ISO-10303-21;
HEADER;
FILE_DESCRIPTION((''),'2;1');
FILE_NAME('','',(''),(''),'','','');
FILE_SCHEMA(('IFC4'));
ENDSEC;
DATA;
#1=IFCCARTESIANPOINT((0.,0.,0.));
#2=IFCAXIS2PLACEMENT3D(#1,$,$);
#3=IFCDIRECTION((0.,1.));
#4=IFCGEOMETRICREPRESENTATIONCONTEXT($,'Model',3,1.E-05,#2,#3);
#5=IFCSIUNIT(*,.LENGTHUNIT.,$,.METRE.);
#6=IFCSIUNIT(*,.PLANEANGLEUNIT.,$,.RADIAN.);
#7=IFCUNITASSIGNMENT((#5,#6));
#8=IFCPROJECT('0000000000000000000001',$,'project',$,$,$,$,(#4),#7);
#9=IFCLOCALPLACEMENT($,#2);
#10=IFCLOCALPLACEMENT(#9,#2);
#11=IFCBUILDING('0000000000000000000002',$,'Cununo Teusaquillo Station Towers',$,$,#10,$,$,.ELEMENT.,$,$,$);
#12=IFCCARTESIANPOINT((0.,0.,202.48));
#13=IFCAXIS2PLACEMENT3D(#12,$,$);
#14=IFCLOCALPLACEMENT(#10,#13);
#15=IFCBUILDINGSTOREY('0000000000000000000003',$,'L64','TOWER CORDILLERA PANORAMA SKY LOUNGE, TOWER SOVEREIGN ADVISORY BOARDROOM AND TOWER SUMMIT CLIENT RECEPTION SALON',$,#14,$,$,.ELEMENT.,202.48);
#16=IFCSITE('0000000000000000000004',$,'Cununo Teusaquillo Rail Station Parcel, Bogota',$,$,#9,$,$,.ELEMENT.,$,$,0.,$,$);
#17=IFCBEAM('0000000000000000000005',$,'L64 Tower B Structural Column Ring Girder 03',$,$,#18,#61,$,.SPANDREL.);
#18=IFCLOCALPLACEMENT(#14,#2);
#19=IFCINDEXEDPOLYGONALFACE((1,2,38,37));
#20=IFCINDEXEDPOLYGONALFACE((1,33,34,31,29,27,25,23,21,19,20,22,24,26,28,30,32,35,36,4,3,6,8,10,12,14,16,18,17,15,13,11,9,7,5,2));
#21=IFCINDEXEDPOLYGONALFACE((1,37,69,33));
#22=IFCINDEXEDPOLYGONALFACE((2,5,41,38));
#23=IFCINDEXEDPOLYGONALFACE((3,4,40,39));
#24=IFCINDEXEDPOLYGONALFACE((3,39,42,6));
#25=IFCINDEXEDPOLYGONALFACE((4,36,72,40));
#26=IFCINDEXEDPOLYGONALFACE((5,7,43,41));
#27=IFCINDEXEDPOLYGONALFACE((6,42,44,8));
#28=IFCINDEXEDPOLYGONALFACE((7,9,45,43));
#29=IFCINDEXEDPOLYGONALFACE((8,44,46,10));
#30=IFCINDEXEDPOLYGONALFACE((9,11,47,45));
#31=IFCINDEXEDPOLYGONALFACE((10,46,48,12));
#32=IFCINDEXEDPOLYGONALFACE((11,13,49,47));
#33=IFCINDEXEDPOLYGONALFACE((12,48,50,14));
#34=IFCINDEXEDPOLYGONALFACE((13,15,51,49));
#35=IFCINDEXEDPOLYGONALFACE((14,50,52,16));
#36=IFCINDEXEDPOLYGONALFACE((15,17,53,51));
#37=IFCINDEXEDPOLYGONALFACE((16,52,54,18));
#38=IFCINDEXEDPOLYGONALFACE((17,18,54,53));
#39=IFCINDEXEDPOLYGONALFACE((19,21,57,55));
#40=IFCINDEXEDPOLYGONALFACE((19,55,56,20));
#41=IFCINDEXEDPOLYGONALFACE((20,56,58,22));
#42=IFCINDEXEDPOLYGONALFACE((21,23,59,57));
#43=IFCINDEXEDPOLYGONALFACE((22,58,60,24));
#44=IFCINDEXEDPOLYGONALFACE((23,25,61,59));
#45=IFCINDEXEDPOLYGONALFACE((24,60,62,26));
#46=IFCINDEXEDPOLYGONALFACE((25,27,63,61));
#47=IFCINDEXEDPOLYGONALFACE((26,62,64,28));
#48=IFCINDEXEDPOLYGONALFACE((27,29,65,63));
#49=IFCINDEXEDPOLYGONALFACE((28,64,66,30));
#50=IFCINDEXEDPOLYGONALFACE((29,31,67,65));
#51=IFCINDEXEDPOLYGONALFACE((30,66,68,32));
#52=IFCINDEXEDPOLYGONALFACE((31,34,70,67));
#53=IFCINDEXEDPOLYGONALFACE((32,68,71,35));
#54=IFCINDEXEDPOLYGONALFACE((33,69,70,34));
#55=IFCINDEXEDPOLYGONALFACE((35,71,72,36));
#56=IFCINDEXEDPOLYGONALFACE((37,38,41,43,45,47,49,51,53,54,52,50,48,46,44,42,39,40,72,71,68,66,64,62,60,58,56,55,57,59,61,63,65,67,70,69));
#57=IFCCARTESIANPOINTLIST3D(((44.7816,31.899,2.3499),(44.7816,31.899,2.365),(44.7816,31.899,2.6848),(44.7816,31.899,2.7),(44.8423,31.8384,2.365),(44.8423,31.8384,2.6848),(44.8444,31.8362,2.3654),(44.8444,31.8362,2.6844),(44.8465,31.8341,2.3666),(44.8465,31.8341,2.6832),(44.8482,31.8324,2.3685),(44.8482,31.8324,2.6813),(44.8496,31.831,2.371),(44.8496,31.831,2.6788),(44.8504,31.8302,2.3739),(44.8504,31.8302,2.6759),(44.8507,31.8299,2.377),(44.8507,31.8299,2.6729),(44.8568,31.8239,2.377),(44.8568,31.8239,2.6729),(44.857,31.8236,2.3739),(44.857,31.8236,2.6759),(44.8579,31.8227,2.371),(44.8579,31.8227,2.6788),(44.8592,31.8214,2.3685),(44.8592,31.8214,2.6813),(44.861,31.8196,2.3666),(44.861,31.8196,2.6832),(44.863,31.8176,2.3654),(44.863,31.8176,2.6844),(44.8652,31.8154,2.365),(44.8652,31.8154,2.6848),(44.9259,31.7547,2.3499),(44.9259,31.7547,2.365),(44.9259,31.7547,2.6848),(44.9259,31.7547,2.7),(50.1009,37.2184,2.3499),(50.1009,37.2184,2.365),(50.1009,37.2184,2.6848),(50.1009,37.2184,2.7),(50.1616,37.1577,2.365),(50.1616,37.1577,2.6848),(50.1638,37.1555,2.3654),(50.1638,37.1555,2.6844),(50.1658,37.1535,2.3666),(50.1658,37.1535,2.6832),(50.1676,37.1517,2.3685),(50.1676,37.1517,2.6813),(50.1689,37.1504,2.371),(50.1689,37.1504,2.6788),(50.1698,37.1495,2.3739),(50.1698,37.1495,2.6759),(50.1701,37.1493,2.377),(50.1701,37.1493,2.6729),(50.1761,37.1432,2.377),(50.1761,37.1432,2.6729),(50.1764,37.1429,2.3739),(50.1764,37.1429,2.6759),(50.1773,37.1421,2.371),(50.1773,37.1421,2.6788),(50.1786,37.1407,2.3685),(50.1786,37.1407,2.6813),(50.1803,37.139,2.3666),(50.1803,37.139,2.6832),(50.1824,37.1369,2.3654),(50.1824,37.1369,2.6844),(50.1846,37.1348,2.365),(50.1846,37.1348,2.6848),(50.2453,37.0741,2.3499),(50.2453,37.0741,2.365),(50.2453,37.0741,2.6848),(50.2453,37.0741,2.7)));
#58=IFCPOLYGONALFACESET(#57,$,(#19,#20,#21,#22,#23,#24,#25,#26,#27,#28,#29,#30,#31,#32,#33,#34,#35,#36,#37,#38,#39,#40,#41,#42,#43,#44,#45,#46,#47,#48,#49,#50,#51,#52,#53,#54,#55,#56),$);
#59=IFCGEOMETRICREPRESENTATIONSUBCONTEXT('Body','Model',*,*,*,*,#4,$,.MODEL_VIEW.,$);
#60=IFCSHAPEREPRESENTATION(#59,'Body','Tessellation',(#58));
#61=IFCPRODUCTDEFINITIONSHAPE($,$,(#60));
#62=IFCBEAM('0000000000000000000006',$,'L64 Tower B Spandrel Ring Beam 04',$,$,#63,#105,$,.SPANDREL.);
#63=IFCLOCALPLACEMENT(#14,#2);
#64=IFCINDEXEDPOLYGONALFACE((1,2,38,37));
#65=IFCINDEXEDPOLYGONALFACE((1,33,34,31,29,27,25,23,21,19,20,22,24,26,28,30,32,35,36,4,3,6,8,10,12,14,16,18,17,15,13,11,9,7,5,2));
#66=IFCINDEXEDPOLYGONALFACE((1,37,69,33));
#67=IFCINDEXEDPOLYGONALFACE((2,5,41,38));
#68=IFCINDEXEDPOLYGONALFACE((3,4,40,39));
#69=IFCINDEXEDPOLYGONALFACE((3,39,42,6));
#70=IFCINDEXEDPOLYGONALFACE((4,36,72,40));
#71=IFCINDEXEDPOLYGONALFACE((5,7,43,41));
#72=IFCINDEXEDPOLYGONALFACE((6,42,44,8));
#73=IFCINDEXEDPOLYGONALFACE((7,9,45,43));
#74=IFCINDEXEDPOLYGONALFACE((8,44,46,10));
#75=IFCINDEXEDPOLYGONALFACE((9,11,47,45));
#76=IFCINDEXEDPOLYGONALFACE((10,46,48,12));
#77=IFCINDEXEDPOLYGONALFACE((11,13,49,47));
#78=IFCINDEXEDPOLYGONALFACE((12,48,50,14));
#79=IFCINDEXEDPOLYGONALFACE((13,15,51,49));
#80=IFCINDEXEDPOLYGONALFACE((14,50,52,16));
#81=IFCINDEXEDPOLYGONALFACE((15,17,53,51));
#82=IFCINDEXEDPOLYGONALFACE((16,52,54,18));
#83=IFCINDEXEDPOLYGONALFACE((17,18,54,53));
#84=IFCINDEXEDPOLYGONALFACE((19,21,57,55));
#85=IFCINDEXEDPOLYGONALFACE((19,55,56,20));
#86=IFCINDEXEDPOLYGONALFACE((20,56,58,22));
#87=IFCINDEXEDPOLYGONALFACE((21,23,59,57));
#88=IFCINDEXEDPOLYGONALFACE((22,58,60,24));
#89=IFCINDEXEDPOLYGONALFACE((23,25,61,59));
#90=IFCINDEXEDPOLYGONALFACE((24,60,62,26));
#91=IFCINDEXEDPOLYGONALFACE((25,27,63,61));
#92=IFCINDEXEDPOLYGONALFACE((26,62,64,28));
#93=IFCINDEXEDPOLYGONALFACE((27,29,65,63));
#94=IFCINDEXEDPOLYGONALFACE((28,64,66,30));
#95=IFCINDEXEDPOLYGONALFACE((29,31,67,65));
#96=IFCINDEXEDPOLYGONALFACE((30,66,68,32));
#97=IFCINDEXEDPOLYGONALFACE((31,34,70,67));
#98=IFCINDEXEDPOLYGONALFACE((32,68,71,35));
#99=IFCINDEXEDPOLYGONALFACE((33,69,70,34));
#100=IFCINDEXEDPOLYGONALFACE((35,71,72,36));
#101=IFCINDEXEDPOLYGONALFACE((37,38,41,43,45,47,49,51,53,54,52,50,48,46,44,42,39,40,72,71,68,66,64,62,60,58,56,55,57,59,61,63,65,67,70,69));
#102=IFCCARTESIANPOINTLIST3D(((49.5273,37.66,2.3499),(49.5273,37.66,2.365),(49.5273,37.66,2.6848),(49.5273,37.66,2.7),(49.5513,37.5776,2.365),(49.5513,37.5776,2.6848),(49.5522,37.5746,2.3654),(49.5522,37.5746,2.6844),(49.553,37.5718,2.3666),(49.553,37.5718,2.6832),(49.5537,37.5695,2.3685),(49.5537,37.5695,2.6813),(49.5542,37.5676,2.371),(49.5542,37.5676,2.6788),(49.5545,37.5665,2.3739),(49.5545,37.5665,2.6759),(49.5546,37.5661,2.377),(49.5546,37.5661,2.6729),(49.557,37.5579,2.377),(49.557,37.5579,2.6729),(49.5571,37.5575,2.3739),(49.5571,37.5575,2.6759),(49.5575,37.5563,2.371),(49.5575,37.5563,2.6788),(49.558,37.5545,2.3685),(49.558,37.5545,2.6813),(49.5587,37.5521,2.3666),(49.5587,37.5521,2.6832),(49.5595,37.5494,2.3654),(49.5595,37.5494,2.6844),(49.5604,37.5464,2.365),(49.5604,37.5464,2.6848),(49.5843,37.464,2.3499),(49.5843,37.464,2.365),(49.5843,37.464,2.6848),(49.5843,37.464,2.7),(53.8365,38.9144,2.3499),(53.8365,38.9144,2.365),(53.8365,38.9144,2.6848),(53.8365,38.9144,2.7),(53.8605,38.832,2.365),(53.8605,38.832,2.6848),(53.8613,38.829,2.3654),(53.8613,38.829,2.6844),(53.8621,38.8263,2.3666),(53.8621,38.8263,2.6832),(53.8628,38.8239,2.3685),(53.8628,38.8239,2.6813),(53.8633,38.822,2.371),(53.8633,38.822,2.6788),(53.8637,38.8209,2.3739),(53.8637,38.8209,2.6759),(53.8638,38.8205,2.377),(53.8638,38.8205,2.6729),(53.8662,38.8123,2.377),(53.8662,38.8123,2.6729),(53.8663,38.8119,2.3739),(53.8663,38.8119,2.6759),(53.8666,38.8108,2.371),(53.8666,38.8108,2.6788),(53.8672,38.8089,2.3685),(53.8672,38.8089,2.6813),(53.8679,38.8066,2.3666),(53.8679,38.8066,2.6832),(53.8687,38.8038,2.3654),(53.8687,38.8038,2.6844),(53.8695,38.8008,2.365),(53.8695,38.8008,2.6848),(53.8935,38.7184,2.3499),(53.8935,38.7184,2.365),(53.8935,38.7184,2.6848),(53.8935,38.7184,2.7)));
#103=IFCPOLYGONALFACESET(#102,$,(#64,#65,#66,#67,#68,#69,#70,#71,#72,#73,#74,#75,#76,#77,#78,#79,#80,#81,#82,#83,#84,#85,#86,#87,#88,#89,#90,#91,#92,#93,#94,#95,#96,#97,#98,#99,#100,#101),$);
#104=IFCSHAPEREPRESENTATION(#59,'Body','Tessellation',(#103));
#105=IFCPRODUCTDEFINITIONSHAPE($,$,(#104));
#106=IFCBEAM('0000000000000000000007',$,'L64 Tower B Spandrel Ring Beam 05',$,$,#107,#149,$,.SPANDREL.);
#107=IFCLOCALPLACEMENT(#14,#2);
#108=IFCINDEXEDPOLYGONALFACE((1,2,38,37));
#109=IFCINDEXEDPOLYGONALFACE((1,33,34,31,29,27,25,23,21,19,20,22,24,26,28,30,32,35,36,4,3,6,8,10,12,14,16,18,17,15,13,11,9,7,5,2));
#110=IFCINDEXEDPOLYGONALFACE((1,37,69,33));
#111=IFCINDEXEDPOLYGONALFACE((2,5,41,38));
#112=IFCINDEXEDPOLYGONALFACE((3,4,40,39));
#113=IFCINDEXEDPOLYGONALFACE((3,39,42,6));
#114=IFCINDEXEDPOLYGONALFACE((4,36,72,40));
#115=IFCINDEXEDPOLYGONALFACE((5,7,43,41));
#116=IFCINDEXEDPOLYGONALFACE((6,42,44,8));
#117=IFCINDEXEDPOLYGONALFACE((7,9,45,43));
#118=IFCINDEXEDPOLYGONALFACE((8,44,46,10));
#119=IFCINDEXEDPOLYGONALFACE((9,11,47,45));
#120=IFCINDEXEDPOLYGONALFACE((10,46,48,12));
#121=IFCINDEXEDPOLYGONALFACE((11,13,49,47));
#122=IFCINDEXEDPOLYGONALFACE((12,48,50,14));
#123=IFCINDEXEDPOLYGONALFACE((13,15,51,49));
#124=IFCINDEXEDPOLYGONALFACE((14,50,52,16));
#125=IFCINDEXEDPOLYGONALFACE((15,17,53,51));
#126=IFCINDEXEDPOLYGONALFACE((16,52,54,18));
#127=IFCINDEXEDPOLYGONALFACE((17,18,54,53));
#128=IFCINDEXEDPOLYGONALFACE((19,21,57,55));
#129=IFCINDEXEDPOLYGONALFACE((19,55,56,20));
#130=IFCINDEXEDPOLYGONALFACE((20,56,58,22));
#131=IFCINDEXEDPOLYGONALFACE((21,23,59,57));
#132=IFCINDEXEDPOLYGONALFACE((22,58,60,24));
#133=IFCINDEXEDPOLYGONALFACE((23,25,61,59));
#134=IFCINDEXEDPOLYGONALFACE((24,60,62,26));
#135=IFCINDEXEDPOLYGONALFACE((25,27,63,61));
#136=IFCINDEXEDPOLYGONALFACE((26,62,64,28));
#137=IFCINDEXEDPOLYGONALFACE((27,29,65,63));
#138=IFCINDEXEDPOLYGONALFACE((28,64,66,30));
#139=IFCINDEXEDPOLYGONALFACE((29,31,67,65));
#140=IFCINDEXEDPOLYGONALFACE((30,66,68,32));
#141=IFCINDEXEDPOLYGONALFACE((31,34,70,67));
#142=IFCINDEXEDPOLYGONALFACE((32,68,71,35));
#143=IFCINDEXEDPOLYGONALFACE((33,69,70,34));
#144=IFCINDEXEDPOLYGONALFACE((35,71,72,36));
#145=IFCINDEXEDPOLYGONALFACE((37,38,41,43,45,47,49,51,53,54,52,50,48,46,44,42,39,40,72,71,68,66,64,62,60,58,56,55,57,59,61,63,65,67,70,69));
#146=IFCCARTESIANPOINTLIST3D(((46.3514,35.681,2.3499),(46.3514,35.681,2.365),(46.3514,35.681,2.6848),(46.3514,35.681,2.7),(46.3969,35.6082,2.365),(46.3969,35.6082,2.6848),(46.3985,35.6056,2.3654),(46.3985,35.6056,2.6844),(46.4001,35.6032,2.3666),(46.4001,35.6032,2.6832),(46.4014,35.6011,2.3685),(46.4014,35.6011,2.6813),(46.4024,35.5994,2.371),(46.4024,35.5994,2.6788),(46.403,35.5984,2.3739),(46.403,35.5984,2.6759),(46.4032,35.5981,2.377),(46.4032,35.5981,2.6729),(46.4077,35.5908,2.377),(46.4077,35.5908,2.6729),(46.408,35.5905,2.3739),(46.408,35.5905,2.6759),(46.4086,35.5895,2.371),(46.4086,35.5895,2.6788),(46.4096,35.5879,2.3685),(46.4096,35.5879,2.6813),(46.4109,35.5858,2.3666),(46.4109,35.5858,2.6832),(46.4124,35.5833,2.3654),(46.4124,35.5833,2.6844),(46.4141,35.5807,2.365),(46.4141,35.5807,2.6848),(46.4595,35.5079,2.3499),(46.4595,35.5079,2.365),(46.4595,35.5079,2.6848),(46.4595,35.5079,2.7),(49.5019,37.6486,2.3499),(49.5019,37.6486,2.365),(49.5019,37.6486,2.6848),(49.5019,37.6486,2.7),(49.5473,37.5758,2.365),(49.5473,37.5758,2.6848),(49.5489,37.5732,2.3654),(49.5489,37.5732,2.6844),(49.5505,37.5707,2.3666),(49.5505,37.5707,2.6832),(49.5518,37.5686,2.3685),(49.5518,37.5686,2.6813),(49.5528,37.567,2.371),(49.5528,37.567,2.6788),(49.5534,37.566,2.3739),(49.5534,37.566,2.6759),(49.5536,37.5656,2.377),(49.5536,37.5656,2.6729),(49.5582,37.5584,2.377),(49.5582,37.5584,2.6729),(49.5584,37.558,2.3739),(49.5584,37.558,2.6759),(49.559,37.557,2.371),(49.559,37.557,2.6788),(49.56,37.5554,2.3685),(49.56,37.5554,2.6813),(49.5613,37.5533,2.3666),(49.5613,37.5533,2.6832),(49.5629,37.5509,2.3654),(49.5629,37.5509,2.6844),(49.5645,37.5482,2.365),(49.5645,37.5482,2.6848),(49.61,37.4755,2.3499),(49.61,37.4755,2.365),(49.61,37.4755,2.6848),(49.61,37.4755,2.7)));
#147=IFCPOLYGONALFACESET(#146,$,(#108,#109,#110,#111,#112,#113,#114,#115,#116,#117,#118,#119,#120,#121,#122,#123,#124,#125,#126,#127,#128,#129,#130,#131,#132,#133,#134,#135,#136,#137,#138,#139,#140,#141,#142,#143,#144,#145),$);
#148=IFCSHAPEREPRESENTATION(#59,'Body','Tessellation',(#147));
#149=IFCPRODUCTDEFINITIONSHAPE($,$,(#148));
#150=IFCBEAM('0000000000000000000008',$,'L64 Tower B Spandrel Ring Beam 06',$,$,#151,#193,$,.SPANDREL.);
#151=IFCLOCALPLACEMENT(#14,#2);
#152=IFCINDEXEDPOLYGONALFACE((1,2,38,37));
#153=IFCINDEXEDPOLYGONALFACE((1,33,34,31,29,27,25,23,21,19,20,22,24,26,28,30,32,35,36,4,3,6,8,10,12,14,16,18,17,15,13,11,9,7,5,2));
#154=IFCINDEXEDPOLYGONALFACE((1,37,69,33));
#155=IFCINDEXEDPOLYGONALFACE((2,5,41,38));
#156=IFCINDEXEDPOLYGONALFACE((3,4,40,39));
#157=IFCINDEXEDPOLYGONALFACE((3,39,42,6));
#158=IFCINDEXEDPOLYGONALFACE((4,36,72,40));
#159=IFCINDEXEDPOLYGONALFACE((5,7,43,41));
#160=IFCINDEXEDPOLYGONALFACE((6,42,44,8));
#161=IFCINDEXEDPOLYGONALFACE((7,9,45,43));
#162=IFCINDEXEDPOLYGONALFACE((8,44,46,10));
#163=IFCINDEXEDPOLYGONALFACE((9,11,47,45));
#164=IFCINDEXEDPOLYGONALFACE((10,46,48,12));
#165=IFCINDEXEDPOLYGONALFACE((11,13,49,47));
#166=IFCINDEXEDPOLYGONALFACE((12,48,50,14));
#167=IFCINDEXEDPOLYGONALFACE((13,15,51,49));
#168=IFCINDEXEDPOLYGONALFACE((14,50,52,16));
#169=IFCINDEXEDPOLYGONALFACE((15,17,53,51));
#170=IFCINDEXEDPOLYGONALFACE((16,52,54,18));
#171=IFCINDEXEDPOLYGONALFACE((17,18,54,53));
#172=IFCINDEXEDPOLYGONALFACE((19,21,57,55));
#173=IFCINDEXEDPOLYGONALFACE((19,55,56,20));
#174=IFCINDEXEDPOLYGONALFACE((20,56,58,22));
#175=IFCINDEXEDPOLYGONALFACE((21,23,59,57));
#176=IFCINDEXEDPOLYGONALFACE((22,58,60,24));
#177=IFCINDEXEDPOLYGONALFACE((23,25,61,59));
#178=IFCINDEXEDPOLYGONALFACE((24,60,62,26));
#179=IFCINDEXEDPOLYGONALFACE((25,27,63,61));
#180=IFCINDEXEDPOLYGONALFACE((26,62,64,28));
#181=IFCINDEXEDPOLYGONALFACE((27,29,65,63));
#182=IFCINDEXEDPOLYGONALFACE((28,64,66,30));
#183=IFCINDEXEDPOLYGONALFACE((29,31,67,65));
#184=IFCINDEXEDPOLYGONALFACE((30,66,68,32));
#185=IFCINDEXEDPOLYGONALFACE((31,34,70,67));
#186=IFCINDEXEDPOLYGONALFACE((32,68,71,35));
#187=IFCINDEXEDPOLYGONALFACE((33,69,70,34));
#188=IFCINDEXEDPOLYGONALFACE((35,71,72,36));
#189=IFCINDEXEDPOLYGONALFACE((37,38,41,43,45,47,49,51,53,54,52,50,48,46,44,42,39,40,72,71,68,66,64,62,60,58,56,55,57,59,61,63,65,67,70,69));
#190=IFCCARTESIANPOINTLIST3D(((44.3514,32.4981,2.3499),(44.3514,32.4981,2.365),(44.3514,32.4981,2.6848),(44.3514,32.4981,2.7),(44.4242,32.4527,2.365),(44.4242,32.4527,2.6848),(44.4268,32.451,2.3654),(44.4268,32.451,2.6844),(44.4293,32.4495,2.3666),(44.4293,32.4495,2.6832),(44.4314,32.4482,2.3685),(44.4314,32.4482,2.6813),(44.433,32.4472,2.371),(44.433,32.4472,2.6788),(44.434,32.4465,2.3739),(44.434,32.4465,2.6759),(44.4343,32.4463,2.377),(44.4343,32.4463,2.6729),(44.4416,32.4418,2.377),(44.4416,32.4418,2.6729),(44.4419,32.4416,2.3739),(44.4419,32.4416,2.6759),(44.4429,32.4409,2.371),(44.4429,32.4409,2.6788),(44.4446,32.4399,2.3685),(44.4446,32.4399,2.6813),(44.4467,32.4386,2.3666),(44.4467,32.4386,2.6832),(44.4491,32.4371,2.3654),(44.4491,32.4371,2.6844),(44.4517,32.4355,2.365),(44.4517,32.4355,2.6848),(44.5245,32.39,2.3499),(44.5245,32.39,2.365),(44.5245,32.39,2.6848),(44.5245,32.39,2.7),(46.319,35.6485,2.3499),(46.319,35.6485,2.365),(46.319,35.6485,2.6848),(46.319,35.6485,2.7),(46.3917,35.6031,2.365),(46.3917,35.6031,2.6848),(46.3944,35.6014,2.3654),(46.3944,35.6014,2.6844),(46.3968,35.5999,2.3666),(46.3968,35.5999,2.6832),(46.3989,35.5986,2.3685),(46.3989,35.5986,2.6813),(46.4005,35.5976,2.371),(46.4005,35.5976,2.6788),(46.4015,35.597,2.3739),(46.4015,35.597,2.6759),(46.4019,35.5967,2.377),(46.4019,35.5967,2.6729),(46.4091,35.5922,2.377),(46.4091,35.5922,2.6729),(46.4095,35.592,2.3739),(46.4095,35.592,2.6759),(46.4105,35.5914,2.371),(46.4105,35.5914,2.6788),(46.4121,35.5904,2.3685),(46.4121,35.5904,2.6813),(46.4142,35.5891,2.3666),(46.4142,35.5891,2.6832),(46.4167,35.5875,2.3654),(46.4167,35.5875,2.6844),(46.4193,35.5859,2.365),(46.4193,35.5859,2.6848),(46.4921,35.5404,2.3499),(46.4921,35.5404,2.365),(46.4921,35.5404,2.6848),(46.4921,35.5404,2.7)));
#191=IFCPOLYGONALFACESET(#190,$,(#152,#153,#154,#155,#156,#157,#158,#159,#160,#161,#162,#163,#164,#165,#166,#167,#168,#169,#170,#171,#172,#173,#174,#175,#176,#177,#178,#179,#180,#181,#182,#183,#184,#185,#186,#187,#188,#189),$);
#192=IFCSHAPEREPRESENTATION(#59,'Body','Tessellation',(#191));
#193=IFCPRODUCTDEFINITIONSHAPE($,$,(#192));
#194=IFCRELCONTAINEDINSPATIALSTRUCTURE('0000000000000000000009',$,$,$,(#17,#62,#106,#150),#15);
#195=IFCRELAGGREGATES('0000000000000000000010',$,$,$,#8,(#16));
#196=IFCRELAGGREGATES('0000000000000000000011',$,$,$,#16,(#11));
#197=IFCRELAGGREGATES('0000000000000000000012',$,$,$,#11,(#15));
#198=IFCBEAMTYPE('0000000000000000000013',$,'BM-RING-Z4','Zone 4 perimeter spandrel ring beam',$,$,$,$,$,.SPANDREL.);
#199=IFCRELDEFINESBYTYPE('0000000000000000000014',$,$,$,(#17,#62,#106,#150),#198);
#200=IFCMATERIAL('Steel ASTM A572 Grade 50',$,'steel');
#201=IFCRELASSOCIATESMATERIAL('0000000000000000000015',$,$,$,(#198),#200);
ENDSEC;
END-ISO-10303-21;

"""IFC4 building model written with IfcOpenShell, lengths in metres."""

from ifc_helpers import new_model, si_unit, direction, frame, origin, origin_2d, place, context, subcontext, project, spatial, i_section, extrude, material, material_profile, profile_set, type_object, element, save


model = new_model("IFC4")

# Units and contexts
model_context = context("Model", 3, precision=1e-05, world=origin(), true_north=direction((0.0, 1.0)))
body_context = subcontext(model_context, "Body", "Model", "MODEL_VIEW")
ifc_project = project(units=[si_unit("LENGTHUNIT", "METRE"), si_unit("PLANEANGLEUNIT", "RADIAN")], contexts=[model_context])

# Site, building, storey
site_placement = place(None, origin())
site = spatial("IfcSite", under=ifc_project, at=site_placement, Name="Cununo Teusaquillo Rail Station Parcel, Bogota", CompositionType="ELEMENT", RefElevation=0.0)
building_placement = place(site_placement, origin())
building = spatial("IfcBuilding", under=site, at=building_placement, Name="Cununo Teusaquillo Station Towers", CompositionType="ELEMENT")
storey_placement = place(building_placement, frame((0.0, 0.0, 202.48)))
storey = spatial("IfcBuildingStorey", under=building, at=storey_placement, Name="L64", Description="TOWER CORDILLERA PANORAMA SKY LOUNGE, TOWER SOVEREIGN ADVISORY BOARDROOM AND TOWER SUMMIT CLIENT RECEPTION SALON", CompositionType="ELEMENT", Elevation=202.48)

# Beams
ifc_material_1 = material(Name="Steel ASTM A572 Grade 50", Category="steel")
ifc_material_profile_1 = material_profile(ifc_material_1, i_section(OverallWidth=0.2041, OverallDepth=0.3501, WebThickness=0.0085, FlangeThickness=0.0151, FilletRadius=0.012, at=origin_2d()), Name="W14X48")
ifc_profile_set_1 = profile_set([ifc_material_profile_1], Name="Steel ASTM A572 Grade 50")
beam_type_1 = type_object("IfcBeamType", Name="BM-RING-Z4", Description="Zone 4 perimeter spandrel ring beam", PredefinedType="SPANDREL", material=ifc_profile_set_1)
beam_1_placement = place(storey_placement, frame((50.1731, 37.1462, 2.5249), z_axis=(-0.707107, -0.707107, 0.0), x_axis=(0.707107, -0.707107, 0.0)))
element("IfcBeam", 1, at=beam_1_placement, inside=storey, type_object=beam_type_1, Name="L64 Tower B Structural Column Ring Girder 03", PredefinedType="SPANDREL", context=body_context, shape_type="SweptSolid", body=[
    extrude(i_section(OverallWidth=0.2041, OverallDepth=0.3501, WebThickness=0.0085, FlangeThickness=0.0151, FilletRadius=0.012, at=origin_2d()), origin(), (0.0, 0.0, 1.0), 7.5227),
])
beam_2_placement = place(storey_placement, frame((53.865, 38.8164, 2.5249), z_axis=(-0.960145, -0.279503, 0.0), x_axis=(0.279503, -0.960145, 0.0)))
element("IfcBeam", 2, at=beam_2_placement, inside=storey, type_object=beam_type_1, Name="L64 Tower B Spandrel Ring Beam 04", PredefinedType="SPANDREL", context=body_context, shape_type="SweptSolid", body=[
    extrude(i_section(OverallWidth=0.2041, OverallDepth=0.3501, WebThickness=0.0085, FlangeThickness=0.0151, FilletRadius=0.012, at=origin_2d()), origin(), (0.0, 0.0, 1.0), 4.488),
])
for number, where, z_axis, x_axis, name in (
    (3, (49.5559, 37.562, 2.5249), (-0.848176, -0.529715, 0.0), (0.529715, -0.848176, 0.0), "L64 Tower B Spandrel Ring Beam 05"),
    (4, (46.4055, 35.5945, 2.5249), (-0.529715, -0.848176, 0.0), (0.848176, -0.529715, 0.0), "L64 Tower B Spandrel Ring Beam 06"),
):
    element("IfcBeam", number, at=place(storey_placement, frame(where, z_axis=z_axis, x_axis=x_axis)), inside=storey, type_object=beam_type_1, Name=name, PredefinedType="SPANDREL", context=body_context, shape_type="SweptSolid", body=[
        extrude(i_section(OverallWidth=0.2041, OverallDepth=0.3501, WebThickness=0.0085, FlangeThickness=0.0151, FilletRadius=0.012, at=origin_2d()), origin(), (0.0, 0.0, 1.0), 3.7144),
    ])

save(model, "model.ifc")
